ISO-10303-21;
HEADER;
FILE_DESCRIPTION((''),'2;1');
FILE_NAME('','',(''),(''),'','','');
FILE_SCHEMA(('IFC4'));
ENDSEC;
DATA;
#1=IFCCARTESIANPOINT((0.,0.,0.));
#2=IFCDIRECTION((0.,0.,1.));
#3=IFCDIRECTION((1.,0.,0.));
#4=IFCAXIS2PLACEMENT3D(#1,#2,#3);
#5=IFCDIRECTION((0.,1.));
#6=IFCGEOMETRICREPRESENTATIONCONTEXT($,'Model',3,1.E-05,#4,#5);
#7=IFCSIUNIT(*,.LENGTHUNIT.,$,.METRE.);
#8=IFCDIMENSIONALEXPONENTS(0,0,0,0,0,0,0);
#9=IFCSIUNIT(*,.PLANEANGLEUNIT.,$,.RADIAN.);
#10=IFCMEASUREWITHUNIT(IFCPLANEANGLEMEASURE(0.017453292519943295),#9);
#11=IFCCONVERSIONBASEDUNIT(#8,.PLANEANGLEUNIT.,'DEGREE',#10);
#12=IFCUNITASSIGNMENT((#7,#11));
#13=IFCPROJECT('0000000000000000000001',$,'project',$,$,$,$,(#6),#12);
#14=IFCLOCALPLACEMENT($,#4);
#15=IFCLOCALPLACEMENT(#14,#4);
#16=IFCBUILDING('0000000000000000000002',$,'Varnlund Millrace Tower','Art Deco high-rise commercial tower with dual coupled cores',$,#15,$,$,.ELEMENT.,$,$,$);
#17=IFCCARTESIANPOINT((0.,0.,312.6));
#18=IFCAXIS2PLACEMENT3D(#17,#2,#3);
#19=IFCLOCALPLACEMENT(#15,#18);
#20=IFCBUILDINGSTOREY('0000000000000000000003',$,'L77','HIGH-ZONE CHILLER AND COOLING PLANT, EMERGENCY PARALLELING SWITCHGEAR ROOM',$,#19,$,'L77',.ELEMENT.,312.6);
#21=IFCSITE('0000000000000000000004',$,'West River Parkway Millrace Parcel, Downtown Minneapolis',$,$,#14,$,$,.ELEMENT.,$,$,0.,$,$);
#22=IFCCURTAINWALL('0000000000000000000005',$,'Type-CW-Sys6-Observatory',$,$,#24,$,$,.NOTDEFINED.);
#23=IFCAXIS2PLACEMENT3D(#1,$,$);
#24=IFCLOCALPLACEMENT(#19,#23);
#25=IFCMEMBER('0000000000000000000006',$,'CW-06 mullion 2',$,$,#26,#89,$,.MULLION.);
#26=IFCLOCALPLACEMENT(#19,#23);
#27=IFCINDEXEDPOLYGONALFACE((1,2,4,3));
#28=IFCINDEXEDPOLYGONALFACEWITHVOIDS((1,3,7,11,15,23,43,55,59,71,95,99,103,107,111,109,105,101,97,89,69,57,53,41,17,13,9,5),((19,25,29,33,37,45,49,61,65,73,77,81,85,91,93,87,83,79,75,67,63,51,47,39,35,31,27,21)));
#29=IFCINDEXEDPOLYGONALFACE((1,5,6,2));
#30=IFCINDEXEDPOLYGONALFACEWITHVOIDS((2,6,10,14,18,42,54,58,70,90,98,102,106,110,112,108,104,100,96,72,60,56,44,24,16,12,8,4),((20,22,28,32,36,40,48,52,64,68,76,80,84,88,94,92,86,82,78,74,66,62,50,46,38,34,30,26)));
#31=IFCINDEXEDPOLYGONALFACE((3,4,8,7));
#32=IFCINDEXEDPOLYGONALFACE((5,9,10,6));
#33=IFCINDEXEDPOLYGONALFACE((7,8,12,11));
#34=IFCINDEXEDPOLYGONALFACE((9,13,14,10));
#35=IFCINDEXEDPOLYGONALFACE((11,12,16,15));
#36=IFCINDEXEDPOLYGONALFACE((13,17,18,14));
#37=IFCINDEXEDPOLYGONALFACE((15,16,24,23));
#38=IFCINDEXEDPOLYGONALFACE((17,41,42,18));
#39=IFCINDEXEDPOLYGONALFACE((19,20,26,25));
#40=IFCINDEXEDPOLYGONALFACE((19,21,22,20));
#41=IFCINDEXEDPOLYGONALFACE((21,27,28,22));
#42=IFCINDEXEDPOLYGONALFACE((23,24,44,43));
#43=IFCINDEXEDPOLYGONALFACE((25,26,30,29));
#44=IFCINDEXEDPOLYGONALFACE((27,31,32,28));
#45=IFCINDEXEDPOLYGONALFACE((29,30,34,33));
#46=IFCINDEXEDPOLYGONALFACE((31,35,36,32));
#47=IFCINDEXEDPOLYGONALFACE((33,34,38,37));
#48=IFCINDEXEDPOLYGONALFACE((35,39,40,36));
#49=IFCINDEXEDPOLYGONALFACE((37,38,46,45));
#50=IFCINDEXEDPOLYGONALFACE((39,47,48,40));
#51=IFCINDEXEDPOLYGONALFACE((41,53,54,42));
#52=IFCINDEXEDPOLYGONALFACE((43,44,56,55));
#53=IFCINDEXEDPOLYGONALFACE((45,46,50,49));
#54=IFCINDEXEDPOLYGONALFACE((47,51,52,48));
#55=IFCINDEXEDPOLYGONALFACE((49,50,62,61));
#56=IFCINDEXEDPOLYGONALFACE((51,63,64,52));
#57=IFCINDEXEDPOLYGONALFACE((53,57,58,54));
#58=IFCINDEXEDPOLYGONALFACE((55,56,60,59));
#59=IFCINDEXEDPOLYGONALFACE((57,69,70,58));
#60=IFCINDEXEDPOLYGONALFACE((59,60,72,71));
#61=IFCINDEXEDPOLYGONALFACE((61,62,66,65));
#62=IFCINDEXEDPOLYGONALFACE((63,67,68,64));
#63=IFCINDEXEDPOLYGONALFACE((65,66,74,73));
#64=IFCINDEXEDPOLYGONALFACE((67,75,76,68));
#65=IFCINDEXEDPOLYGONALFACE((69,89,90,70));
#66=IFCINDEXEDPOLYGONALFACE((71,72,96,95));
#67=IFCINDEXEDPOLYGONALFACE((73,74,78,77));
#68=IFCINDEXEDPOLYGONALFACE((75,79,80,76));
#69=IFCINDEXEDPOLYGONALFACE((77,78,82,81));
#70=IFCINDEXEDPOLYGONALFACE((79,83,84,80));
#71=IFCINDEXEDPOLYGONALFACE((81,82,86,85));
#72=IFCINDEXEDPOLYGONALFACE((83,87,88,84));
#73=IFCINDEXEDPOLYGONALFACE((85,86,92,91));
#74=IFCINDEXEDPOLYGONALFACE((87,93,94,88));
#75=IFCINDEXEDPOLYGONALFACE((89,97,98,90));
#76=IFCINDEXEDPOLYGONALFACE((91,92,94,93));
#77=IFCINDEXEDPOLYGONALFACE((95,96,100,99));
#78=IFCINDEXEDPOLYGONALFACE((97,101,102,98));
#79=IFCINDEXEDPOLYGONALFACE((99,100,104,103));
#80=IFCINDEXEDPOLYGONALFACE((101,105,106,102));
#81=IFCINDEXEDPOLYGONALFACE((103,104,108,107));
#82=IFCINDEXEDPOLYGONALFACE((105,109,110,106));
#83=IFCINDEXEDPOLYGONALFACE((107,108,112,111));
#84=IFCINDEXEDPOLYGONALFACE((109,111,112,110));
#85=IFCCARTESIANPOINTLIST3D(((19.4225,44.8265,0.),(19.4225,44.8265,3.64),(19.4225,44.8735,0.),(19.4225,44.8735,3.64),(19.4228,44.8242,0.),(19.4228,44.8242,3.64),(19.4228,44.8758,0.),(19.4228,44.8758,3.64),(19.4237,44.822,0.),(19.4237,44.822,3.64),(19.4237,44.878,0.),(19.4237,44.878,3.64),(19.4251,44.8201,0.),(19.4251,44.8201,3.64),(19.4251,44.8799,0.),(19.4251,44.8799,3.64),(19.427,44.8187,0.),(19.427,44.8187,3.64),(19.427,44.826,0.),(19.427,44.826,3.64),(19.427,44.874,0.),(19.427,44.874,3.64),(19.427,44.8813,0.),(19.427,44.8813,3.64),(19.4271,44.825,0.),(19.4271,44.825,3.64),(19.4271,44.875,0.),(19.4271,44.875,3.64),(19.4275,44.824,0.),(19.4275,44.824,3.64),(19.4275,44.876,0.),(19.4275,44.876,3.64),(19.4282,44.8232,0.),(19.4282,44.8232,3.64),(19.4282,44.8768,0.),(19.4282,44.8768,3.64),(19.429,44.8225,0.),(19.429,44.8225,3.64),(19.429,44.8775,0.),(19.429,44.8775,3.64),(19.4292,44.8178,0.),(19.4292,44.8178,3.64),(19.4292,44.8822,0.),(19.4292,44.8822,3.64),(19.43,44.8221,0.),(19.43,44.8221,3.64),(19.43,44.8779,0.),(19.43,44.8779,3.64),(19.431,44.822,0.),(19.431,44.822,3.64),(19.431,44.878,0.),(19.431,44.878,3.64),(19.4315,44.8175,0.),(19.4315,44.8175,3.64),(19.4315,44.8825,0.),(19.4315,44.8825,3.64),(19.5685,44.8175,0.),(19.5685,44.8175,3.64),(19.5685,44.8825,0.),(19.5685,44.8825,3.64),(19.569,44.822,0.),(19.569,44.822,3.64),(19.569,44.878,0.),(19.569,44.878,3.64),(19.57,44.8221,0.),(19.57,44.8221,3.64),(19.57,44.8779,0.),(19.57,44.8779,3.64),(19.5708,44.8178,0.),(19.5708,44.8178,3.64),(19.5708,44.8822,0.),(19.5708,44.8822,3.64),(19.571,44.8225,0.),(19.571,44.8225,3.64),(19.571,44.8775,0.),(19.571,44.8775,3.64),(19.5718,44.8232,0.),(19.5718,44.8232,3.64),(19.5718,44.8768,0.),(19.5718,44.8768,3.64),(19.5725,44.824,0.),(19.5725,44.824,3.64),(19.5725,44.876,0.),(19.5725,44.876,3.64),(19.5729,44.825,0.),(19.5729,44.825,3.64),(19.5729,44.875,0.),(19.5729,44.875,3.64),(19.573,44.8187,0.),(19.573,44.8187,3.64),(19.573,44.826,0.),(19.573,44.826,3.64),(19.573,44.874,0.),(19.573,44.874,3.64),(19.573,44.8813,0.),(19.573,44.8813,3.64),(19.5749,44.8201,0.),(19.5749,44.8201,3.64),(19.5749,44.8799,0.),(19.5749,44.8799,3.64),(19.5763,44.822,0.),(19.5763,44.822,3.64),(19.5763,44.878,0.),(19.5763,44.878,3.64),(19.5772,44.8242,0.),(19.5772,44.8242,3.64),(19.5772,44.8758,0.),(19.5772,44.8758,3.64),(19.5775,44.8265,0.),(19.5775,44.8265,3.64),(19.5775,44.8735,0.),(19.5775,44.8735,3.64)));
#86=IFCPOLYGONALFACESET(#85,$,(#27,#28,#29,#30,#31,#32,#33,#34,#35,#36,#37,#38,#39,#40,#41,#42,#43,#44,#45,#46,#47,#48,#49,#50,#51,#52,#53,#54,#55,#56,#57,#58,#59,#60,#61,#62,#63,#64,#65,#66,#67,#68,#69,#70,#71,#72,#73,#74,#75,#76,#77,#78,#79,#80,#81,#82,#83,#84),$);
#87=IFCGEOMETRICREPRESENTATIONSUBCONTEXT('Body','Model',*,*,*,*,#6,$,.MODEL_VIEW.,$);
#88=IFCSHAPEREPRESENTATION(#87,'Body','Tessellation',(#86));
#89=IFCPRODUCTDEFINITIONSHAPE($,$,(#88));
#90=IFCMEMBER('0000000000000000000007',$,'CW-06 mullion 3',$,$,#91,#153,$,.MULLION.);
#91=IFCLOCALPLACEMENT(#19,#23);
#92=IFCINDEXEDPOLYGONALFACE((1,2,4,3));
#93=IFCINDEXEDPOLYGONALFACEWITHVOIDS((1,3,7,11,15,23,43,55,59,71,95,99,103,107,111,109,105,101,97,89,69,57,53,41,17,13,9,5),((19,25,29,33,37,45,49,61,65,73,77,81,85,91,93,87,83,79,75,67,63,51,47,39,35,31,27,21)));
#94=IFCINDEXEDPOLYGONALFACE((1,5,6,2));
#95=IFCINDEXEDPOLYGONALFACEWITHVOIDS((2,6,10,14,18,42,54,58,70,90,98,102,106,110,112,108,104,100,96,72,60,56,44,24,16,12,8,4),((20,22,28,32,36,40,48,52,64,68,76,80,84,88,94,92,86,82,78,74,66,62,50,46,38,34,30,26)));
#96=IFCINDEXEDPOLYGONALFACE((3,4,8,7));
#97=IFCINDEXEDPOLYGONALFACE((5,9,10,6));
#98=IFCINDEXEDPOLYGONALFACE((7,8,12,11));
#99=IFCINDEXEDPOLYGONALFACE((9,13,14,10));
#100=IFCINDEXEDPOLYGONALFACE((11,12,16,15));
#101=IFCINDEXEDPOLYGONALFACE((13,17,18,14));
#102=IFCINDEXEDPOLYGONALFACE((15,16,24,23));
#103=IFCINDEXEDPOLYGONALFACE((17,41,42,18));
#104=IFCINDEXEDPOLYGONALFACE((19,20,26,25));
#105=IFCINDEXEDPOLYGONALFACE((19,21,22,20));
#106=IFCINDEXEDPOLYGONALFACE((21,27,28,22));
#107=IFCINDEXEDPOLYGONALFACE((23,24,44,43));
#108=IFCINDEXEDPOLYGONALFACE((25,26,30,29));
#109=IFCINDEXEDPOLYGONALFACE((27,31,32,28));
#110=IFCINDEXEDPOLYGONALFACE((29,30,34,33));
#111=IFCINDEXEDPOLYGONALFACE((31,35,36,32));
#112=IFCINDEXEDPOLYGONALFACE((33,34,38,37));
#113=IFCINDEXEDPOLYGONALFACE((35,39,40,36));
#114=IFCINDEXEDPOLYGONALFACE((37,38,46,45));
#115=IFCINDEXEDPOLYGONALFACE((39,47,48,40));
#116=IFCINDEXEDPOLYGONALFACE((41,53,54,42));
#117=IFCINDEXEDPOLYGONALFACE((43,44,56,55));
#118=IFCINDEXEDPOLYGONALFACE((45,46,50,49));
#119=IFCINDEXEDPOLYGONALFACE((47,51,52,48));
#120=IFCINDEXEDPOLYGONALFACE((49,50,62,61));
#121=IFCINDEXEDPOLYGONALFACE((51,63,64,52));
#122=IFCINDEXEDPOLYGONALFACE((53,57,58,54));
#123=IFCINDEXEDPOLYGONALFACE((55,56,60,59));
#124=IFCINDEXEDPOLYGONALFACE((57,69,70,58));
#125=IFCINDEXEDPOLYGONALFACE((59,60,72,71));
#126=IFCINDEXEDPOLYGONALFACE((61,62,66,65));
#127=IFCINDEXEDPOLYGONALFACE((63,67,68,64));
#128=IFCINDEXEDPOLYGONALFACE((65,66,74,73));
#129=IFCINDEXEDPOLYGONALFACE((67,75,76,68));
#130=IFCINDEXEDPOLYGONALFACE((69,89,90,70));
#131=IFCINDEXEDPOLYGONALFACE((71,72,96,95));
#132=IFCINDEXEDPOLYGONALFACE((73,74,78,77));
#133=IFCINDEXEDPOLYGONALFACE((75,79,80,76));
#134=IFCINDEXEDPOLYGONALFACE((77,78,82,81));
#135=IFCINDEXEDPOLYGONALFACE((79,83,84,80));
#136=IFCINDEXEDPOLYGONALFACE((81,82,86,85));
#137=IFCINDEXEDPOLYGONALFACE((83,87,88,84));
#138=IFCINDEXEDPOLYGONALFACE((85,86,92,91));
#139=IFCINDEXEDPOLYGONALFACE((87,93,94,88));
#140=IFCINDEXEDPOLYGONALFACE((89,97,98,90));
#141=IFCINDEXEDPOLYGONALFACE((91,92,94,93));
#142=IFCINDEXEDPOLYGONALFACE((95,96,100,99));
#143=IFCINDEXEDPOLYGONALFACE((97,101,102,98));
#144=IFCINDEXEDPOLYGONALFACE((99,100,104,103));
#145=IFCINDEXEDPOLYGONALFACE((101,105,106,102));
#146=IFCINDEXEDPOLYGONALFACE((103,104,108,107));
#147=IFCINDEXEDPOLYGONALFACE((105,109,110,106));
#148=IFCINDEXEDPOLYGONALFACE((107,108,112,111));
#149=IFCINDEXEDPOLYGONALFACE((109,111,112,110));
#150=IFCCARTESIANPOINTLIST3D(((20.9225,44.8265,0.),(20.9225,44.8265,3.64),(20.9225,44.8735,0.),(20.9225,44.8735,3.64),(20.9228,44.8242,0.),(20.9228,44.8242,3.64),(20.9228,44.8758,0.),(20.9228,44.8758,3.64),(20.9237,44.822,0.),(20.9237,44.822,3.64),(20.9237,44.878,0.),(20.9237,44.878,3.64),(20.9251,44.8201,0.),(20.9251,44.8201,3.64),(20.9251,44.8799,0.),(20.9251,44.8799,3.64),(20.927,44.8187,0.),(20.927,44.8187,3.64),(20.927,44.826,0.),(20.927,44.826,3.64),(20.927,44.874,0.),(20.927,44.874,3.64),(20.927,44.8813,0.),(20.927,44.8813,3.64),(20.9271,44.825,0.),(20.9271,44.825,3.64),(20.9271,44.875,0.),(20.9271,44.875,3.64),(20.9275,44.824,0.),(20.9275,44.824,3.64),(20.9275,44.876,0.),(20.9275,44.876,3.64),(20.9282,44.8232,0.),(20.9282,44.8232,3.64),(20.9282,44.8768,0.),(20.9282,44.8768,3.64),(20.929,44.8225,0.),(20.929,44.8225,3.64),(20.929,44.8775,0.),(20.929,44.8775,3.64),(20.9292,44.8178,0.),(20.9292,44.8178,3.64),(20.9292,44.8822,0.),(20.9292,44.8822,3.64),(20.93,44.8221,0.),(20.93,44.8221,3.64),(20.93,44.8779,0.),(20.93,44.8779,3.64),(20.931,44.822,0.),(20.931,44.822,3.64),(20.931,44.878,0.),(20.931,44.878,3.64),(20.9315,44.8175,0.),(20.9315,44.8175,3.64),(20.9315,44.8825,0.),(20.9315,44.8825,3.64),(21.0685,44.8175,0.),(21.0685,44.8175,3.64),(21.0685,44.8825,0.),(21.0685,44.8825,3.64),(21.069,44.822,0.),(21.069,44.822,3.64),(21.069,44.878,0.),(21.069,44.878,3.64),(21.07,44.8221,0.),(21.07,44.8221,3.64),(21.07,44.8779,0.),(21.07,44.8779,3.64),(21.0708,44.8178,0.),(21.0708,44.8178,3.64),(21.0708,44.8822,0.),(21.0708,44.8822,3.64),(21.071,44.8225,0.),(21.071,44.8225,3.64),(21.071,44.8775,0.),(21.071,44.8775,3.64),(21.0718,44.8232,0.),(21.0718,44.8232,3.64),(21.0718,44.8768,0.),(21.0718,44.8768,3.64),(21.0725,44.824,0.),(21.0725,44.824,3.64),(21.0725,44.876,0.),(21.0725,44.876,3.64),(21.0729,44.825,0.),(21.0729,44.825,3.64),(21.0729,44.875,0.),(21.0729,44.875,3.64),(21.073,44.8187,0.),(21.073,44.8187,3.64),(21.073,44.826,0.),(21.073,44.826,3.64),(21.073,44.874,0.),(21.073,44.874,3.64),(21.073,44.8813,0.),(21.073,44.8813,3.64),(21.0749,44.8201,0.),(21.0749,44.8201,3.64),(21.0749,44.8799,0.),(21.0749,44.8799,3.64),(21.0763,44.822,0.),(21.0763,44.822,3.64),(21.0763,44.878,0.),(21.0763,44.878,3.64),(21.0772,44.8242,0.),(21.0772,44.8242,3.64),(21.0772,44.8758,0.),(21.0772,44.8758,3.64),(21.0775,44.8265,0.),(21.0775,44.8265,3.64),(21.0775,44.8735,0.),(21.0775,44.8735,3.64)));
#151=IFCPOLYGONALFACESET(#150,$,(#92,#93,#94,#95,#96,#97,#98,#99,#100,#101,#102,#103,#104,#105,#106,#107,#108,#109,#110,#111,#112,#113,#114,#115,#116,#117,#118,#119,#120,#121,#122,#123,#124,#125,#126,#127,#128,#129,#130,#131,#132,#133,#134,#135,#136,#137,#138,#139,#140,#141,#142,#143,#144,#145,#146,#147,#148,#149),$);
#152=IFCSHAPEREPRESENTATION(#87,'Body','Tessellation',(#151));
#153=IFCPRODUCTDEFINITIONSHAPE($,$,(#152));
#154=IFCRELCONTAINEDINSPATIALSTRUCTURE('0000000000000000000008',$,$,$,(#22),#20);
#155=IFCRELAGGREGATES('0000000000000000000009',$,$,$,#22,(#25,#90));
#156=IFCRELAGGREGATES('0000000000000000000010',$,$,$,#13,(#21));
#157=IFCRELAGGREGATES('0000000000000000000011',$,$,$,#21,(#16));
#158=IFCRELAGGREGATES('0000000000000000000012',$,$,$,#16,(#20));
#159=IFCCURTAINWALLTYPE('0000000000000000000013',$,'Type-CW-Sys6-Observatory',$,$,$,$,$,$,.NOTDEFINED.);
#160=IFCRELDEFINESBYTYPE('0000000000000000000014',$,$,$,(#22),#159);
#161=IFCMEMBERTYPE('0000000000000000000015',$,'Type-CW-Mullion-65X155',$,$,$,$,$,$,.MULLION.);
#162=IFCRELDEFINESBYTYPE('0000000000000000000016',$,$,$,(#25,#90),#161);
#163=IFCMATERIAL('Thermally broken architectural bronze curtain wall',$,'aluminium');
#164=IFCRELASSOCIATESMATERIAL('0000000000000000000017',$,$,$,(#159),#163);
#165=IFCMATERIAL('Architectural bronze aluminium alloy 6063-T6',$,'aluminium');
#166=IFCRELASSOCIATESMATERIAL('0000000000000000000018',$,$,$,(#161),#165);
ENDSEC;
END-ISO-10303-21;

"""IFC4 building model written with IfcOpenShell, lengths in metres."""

from ifc_helpers import new_model, entity, si_unit, converted_unit, direction, frame, origin_with_axes, origin_2d_with_axis, place, context, subcontext, project, spatial, hollow_rectangle, extrude, material, material_profile, profile_set, type_object, element, aggregate, save


model = new_model("IFC4")

# Units and contexts
model_context = context("Model", 3, precision=1e-05, world=origin_with_axes(), true_north=direction((0.0, 1.0)))
body_context = subcontext(model_context, "Body", "Model", "MODEL_VIEW")
ifc_project = project(units=[si_unit("LENGTHUNIT", "METRE"), converted_unit("PLANEANGLEUNIT", "DEGREE", entity("IfcPlaneAngleMeasure", 0.017453292519943295), si_unit("PLANEANGLEUNIT", "RADIAN"), dimensions=[0, 0, 0, 0, 0, 0, 0])], contexts=[model_context])

# Site, building, storey
site_placement = place(None, origin_with_axes())
site = spatial("IfcSite", under=ifc_project, at=site_placement, Name="West River Parkway Millrace Parcel, Downtown Minneapolis", CompositionType="ELEMENT", RefElevation=0.0)
building_placement = place(site_placement, origin_with_axes())
building = spatial("IfcBuilding", under=site, at=building_placement, Name="Varnlund Millrace Tower", Description="Art Deco high-rise commercial tower with dual coupled cores", CompositionType="ELEMENT")
storey_placement = place(building_placement, frame((0.0, 0.0, 312.6), z_axis=(0.0, 0.0, 1.0), x_axis=(1.0, 0.0, 0.0)))
storey = spatial("IfcBuildingStorey", under=building, at=storey_placement, Name="L77", Description="HIGH-ZONE CHILLER AND COOLING PLANT, EMERGENCY PARALLELING SWITCHGEAR ROOM", LongName="L77", CompositionType="ELEMENT", Elevation=312.6)

# Curtain wall, members
ifc_material_1 = material(Name="Thermally broken architectural bronze curtain wall", Category="aluminium")
curtain_wall_type = type_object("IfcCurtainWallType", Name="Type-CW-Sys6-Observatory", PredefinedType="NOTDEFINED", material=ifc_material_1)
ifc_material_2 = material(Name="Architectural bronze aluminium alloy 6063-T6", Category="aluminium")
ifc_material_profile_1 = material_profile(ifc_material_2, hollow_rectangle(XDim=0.065, YDim=0.155, WallThickness=0.0045, InnerFilletRadius=0.004, OuterFilletRadius=0.009, at=origin_2d_with_axis()), Name="Architectural bronze aluminium alloy 6063-T6")
ifc_profile_set_1 = profile_set([ifc_material_profile_1], Name="Architectural bronze aluminium alloy 6063-T6")
member_type = type_object("IfcMemberType", Name="Type-CW-Mullion-65X155", PredefinedType="MULLION", material=ifc_profile_set_1)
curtain_wall_1_placement = place(storey_placement, frame((18.0, 44.85, 0.0), z_axis=(0.0, 0.0, 1.0), x_axis=(1.0, 0.0, 0.0)))
curtain_wall_1 = element("IfcCurtainWall", 1, at=curtain_wall_1_placement, inside=storey, type_object=curtain_wall_type, Name="Type-CW-Sys6-Observatory", PredefinedType="NOTDEFINED")
member_1_placement = place(storey_placement, frame((19.5, 44.85, 0.0), z_axis=(0.0, 0.0, 1.0), x_axis=(0.0, 1.0, 0.0)))
member_1 = element("IfcMember", 2, at=member_1_placement, type_object=member_type, Name="CW-06 mullion 2", PredefinedType="MULLION", context=body_context, shape_type="SweptSolid", body=[
    extrude(hollow_rectangle(XDim=0.065, YDim=0.155, WallThickness=0.0045, InnerFilletRadius=0.004, OuterFilletRadius=0.009, at=origin_2d_with_axis()), origin_with_axes(), (0.0, 0.0, 1.0), 3.64),
])
member_2_placement = place(storey_placement, frame((21.0, 44.85, 0.0), z_axis=(0.0, 0.0, 1.0), x_axis=(0.0, 1.0, 0.0)))
member_2 = element("IfcMember", 3, at=member_2_placement, type_object=member_type, Name="CW-06 mullion 3", PredefinedType="MULLION", context=body_context, shape_type="SweptSolid", body=[
    extrude(hollow_rectangle(XDim=0.065, YDim=0.155, WallThickness=0.0045, InnerFilletRadius=0.004, OuterFilletRadius=0.009, at=origin_2d_with_axis()), origin_with_axes(), (0.0, 0.0, 1.0), 3.64),
])
aggregate(curtain_wall_1, [member_1, member_2])

save(model, "model.ifc")
